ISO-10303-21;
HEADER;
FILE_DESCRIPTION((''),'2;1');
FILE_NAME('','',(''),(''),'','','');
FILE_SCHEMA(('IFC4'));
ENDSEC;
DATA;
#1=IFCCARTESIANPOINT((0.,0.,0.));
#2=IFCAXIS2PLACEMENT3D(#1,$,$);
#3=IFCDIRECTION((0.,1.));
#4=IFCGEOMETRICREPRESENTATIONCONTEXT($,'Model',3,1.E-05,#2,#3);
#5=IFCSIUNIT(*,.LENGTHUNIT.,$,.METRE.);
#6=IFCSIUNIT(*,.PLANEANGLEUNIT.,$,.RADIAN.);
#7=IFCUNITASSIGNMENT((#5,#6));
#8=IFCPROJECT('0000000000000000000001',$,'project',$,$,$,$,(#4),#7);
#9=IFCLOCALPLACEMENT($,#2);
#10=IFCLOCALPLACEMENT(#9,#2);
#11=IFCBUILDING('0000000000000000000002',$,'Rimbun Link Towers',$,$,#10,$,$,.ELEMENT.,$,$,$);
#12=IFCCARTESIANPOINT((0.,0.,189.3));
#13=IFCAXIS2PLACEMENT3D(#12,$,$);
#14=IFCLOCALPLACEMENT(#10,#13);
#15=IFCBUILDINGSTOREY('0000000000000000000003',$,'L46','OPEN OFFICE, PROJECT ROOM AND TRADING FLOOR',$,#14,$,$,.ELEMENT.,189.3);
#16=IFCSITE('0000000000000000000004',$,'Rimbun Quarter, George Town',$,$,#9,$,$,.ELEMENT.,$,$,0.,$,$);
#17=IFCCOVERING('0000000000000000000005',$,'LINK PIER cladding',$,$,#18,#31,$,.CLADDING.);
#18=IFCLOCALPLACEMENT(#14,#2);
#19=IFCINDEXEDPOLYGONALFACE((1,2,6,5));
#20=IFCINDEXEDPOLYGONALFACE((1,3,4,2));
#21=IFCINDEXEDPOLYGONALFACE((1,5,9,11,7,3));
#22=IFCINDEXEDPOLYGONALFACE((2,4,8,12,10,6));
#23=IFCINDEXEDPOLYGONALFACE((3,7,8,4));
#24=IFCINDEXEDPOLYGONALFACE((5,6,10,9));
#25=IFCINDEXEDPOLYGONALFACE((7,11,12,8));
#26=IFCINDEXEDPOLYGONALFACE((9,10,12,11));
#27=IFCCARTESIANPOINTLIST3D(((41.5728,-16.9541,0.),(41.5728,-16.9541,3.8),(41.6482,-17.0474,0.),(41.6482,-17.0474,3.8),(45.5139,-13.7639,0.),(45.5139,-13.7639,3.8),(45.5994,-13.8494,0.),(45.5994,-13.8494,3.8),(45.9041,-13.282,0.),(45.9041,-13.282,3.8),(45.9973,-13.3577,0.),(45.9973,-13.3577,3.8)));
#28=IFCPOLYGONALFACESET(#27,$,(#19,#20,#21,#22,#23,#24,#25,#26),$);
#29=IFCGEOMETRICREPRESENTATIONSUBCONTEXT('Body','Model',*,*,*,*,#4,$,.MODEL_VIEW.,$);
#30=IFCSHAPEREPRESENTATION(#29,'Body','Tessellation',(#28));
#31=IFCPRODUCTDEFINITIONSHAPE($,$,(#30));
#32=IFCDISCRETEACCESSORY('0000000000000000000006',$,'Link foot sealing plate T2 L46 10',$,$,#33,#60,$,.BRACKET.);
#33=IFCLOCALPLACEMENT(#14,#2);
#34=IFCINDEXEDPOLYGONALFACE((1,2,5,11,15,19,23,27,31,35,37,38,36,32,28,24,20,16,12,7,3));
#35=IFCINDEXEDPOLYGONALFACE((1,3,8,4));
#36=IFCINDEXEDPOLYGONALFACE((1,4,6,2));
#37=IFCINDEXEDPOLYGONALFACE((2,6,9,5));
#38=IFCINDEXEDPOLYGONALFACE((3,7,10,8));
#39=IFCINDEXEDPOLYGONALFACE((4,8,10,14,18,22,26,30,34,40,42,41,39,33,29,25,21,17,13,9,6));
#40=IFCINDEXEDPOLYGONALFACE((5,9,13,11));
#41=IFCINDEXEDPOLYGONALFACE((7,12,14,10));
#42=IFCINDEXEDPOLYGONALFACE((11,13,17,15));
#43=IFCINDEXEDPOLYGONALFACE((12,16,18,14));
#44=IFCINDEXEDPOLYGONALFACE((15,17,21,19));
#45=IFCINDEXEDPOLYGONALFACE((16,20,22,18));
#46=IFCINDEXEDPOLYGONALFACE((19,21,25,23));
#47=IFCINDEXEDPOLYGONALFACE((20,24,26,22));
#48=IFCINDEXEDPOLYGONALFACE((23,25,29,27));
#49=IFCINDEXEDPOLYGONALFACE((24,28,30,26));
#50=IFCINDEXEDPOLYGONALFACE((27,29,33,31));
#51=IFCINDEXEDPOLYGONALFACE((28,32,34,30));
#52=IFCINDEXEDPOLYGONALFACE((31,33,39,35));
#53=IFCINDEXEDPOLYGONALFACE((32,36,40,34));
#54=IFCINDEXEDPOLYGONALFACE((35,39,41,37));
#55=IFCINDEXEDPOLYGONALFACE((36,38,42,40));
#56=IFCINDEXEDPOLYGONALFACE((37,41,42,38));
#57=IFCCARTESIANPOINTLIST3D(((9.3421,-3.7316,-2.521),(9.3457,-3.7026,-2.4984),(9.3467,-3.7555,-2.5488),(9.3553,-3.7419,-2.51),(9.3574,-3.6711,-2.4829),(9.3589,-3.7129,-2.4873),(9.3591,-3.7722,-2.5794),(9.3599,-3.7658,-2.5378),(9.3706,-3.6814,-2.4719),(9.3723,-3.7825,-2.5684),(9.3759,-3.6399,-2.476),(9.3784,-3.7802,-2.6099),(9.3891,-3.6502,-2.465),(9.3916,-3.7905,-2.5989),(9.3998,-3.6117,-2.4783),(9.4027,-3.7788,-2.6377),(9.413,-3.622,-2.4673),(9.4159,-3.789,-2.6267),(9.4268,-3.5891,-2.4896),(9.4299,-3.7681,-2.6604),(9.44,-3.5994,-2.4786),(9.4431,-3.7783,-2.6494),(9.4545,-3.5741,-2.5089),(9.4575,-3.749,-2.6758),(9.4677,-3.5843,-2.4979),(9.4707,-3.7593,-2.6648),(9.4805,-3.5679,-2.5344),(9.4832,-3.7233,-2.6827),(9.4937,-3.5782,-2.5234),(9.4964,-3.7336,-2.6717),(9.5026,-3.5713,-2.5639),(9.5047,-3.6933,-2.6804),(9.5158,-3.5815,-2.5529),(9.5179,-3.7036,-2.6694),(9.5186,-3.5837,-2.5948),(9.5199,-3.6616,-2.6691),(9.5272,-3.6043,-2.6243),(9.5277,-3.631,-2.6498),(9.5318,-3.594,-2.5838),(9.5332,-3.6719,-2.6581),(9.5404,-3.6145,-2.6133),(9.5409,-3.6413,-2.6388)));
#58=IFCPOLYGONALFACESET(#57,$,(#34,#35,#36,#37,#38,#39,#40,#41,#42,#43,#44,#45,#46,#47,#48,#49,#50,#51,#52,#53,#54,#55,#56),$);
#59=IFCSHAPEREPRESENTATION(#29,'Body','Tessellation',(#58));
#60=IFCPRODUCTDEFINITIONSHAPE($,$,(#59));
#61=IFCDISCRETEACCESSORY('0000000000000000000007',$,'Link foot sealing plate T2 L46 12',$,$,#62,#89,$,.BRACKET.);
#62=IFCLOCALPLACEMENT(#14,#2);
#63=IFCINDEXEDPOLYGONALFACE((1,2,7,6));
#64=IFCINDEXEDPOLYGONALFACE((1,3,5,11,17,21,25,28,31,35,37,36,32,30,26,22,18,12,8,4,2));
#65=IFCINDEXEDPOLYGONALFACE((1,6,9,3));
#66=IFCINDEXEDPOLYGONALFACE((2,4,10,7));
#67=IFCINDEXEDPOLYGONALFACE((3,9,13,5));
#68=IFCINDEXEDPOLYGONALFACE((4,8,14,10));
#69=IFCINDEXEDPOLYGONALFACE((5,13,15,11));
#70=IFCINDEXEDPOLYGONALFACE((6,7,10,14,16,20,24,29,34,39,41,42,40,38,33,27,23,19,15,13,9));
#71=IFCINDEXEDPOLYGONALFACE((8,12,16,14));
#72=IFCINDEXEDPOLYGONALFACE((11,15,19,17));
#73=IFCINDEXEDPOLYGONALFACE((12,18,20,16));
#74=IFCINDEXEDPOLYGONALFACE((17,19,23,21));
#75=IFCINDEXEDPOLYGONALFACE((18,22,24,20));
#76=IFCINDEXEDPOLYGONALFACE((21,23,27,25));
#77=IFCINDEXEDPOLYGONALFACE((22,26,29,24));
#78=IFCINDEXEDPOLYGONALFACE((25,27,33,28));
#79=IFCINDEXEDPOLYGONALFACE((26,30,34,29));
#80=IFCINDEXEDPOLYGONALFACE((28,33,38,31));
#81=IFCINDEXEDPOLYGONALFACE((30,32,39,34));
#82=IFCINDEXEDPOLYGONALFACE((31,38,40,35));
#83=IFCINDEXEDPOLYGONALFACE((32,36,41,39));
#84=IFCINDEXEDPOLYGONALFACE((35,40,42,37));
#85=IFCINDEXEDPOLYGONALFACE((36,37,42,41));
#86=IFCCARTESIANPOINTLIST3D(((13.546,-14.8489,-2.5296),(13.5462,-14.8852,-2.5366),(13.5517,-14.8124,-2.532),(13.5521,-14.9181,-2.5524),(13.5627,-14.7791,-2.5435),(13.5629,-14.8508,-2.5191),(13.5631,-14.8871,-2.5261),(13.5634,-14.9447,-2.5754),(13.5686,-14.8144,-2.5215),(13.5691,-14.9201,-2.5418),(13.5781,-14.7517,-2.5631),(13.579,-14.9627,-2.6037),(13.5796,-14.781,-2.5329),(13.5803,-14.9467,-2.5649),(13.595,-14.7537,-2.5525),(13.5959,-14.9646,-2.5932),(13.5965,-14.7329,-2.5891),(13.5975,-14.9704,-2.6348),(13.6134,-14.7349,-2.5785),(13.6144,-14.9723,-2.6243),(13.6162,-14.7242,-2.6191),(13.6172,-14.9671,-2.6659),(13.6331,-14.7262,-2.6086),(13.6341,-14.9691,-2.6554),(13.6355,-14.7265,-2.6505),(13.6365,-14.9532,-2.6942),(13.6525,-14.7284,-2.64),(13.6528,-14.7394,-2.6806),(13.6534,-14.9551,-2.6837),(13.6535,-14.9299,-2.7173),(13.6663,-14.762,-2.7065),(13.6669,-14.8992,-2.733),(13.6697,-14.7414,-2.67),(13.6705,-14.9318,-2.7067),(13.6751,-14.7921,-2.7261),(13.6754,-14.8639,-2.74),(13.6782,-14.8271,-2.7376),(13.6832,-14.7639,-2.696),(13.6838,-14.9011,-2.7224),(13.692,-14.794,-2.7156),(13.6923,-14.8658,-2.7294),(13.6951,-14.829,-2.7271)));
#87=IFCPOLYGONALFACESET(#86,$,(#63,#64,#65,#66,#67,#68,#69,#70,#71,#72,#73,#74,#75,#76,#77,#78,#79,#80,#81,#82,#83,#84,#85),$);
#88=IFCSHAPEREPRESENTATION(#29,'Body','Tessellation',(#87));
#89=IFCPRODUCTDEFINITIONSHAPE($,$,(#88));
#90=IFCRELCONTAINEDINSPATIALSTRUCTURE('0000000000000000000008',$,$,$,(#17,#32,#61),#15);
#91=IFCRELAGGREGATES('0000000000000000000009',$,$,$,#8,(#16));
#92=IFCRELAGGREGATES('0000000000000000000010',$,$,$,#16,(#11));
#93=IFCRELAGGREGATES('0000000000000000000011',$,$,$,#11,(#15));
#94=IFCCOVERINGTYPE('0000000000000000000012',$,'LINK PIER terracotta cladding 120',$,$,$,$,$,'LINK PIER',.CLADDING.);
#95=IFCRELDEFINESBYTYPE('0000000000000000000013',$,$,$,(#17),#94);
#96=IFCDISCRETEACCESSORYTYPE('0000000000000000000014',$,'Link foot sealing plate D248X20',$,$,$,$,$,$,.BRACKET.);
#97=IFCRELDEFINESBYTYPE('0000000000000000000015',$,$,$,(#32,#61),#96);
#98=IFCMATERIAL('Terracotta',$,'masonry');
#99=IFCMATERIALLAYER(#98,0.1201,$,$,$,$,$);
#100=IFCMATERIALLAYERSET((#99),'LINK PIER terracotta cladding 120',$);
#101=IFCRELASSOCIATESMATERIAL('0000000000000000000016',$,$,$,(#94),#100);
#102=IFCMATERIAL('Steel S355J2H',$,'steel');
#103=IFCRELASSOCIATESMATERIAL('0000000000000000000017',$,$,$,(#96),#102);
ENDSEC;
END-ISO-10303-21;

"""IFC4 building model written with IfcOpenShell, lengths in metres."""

from ifc_helpers import new_model, si_unit, direction, frame, origin, origin_2d, place, context, subcontext, project, spatial, polyline, circle, outline, extrude, material, layer, layer_set, material_profile, profile_set, type_object, element, save


model = new_model("IFC4")

# Units and contexts
model_context = context("Model", 3, precision=1e-05, world=origin(), true_north=direction((0.0, 1.0)))
body_context = subcontext(model_context, "Body", "Model", "MODEL_VIEW")
ifc_project = project(units=[si_unit("LENGTHUNIT", "METRE"), si_unit("PLANEANGLEUNIT", "RADIAN")], contexts=[model_context])

# Site, building, storey
site_placement = place(None, origin())
site = spatial("IfcSite", under=ifc_project, at=site_placement, Name="Rimbun Quarter, George Town", CompositionType="ELEMENT", RefElevation=0.0)
building_placement = place(site_placement, origin())
building = spatial("IfcBuilding", under=site, at=building_placement, Name="Rimbun Link Towers", CompositionType="ELEMENT")
storey_placement = place(building_placement, frame((0.0, 0.0, 189.3)))
storey = spatial("IfcBuildingStorey", under=building, at=storey_placement, Name="L46", Description="OPEN OFFICE, PROJECT ROOM AND TRADING FLOOR", CompositionType="ELEMENT", Elevation=189.3)

# Covering
ifc_material_1 = material(Name="Terracotta", Category="masonry")
ifc_layer_1 = layer(ifc_material_1, 0.1201)
ifc_layer_set_1 = layer_set([ifc_layer_1], Name="LINK PIER terracotta cladding 120")
covering_type_1 = type_object("IfcCoveringType", Name="LINK PIER terracotta cladding 120", ElementType="LINK PIER", PredefinedType="CLADDING", material=ifc_layer_set_1)
covering_1_placement = place(storey_placement, origin())
element("IfcCovering", 1, at=covering_1_placement, inside=storey, type_object=covering_type_1, Name="LINK PIER cladding", PredefinedType="CLADDING", context=body_context, shape_type="SweptSolid", body=[
    extrude(outline(polyline([(45.9041, -13.282), (45.5139, -13.7639), (41.5728, -16.9541), (41.6482, -17.0474), (45.5994, -13.8494), (45.9973, -13.3577), (45.9041, -13.282)])), origin(), (0.0, 0.0, 1.0), 3.8),
])

# Discrete accessories
ifc_material_2 = material(Name="Steel S355J2H", Category="steel")
ifc_material_profile_1 = material_profile(ifc_material_2, circle(Radius=0.124, at=origin_2d()), Name="PL D248")
ifc_profile_set_1 = profile_set([ifc_material_profile_1], Name="Steel S355J2H")
discrete_accessory_type = type_object("IfcDiscreteAccessoryType", Name="Link foot sealing plate D248X20", PredefinedType="BRACKET", material=ifc_profile_set_1)
for number, where, z_axis, x_axis, name in (
    (2, (9.4485, -3.6846, -2.5684), (-0.659469, 0.51292, -0.549557), (-0.613941, -0.789352, 0.0), "Link foot sealing plate T2 L46 10"),
    (3, (13.6287, -14.8491, -2.6243), (-0.84461, 0.097926, -0.526351), (-0.115171, -0.993346, 0.0), "Link foot sealing plate T2 L46 12"),
):
    element("IfcDiscreteAccessory", number, at=place(storey_placement, frame(where, z_axis=z_axis, x_axis=x_axis)), inside=storey, type_object=discrete_accessory_type, Name=name, PredefinedType="BRACKET", context=body_context, shape_type="SweptSolid", body=[
        extrude(circle(Radius=0.124, at=origin_2d()), origin(), (0.0, 0.0, 1.0), 0.02),
    ])

save(model, "model.ifc")
